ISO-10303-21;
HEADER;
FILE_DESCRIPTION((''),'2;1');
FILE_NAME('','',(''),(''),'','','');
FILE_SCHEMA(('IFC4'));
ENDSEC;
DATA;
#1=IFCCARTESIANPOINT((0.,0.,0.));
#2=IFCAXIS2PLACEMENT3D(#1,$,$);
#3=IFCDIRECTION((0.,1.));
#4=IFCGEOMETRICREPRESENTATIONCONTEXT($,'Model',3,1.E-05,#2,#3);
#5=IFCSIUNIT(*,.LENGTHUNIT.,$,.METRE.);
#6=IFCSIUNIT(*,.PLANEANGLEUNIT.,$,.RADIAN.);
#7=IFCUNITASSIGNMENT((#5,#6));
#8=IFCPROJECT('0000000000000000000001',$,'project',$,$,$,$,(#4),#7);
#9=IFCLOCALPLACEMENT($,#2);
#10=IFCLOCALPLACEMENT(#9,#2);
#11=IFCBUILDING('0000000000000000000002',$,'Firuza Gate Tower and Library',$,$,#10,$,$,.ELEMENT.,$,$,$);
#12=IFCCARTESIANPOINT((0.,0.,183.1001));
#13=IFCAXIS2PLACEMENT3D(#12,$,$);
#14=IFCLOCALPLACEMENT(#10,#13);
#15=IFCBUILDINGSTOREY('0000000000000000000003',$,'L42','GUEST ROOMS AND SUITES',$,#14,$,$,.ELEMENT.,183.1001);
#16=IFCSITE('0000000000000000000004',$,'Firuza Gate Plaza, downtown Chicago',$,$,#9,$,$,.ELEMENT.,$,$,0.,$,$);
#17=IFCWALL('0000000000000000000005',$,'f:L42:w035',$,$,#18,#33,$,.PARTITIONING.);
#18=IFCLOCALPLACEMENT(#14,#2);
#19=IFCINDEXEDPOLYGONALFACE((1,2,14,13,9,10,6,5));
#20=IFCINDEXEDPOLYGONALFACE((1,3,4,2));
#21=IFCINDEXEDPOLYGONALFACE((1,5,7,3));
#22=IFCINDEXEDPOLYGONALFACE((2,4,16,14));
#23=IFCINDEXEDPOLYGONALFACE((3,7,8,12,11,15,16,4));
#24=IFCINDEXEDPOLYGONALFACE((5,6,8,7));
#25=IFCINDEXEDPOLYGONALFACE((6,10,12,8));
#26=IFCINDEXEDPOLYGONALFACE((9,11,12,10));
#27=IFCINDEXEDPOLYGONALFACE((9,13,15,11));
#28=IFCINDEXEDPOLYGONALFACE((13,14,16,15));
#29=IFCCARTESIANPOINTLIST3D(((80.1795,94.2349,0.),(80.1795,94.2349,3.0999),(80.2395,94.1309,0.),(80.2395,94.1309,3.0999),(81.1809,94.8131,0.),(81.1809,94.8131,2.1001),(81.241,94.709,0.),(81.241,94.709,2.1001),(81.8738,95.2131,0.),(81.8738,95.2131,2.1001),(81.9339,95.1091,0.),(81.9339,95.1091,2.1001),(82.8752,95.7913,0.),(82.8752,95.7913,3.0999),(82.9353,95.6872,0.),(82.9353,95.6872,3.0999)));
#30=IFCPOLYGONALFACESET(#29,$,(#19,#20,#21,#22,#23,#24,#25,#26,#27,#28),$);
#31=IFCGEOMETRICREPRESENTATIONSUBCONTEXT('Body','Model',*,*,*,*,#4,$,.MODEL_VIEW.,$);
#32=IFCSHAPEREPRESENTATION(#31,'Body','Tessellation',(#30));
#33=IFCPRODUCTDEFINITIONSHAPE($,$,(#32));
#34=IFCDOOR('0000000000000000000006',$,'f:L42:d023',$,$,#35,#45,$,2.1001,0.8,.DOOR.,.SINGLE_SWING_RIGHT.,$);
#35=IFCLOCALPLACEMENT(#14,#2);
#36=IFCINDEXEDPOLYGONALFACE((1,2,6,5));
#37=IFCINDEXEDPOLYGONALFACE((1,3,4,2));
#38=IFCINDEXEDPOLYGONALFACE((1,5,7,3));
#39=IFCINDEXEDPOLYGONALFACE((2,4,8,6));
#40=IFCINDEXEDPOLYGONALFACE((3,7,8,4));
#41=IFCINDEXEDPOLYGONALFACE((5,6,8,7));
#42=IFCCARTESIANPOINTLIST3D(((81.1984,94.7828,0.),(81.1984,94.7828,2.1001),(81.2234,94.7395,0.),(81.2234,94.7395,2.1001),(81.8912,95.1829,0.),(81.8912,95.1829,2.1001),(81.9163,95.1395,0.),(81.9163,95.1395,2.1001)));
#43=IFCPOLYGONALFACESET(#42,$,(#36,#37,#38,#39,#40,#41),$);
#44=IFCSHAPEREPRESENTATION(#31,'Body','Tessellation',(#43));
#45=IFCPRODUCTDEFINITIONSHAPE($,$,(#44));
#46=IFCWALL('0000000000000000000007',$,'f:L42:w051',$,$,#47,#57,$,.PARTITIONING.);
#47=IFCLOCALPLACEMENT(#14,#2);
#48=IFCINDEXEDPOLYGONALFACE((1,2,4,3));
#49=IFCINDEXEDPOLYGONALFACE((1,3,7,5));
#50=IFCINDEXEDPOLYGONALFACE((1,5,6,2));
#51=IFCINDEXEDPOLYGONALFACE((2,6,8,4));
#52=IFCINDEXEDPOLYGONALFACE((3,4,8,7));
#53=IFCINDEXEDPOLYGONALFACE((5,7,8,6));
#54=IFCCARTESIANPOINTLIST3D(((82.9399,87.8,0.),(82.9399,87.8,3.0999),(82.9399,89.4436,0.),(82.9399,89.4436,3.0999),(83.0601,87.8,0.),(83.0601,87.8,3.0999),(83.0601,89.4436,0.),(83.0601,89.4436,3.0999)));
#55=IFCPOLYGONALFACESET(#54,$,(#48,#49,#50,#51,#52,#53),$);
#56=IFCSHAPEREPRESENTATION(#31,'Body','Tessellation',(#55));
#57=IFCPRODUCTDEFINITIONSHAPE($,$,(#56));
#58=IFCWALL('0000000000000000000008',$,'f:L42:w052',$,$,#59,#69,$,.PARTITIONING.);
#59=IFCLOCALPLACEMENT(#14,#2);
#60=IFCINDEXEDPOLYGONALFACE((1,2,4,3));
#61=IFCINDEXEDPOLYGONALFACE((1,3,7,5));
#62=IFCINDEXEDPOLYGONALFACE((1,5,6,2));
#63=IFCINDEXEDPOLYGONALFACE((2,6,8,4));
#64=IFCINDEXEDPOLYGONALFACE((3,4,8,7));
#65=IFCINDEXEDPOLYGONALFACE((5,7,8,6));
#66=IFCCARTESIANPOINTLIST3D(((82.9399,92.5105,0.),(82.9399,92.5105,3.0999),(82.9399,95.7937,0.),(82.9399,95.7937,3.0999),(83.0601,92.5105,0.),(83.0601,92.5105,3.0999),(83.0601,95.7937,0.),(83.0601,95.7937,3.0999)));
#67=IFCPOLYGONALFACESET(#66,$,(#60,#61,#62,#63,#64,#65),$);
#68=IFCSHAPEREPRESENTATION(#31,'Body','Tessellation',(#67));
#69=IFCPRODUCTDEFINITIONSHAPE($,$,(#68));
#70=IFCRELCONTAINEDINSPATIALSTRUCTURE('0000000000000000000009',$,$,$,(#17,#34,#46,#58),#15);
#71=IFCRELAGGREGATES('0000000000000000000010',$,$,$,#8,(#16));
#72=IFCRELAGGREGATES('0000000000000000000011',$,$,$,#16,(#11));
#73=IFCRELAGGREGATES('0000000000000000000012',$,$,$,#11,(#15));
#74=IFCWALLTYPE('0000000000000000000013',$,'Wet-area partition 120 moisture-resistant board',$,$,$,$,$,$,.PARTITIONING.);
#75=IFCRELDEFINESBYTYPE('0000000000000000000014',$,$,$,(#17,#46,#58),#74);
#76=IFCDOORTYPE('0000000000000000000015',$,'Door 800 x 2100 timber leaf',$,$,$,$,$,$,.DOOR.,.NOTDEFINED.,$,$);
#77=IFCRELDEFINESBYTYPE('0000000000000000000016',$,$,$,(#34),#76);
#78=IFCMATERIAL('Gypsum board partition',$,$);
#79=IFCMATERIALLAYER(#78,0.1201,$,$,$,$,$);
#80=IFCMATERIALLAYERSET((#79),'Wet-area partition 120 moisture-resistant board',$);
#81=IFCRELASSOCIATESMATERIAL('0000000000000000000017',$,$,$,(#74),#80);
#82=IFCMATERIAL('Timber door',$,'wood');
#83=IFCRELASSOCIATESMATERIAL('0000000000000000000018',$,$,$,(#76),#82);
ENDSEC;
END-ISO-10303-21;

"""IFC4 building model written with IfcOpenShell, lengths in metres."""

from ifc_helpers import new_model, si_unit, direction, frame, frame_2d, origin, place, context, subcontext, project, spatial, rectangle, extrude, material, layer, layer_set, type_object, element, fill, save


model = new_model("IFC4")

# Units and contexts
model_context = context("Model", 3, precision=1e-05, world=origin(), true_north=direction((0.0, 1.0)))
body_context = subcontext(model_context, "Body", "Model", "MODEL_VIEW")
ifc_project = project(units=[si_unit("LENGTHUNIT", "METRE"), si_unit("PLANEANGLEUNIT", "RADIAN")], contexts=[model_context])

# Site, building, storey
site_placement = place(None, origin())
site = spatial("IfcSite", under=ifc_project, at=site_placement, Name="Firuza Gate Plaza, downtown Chicago", CompositionType="ELEMENT", RefElevation=0.0)
building_placement = place(site_placement, origin())
building = spatial("IfcBuilding", under=site, at=building_placement, Name="Firuza Gate Tower and Library", CompositionType="ELEMENT")
storey_placement = place(building_placement, frame((0.0, 0.0, 183.1001)))
storey = spatial("IfcBuildingStorey", under=building, at=storey_placement, Name="L42", Description="GUEST ROOMS AND SUITES", CompositionType="ELEMENT", Elevation=183.1001)

# Shared definitions
ifc_material_1 = material(Name="Gypsum board partition")
ifc_layer_1 = layer(ifc_material_1, 0.1201)
ifc_layer_set_1 = layer_set([ifc_layer_1], Name="Wet-area partition 120 moisture-resistant board")
wall_type_1 = type_object("IfcWallType", Name="Wet-area partition 120 moisture-resistant board", PredefinedType="PARTITIONING", material=ifc_layer_set_1)

# Wall, opening, door
ifc_material_2 = material(Name="Timber door", Category="wood")
door_type_1 = type_object("IfcDoorType", Name="Door 800 x 2100 timber leaf", OperationType="NOTDEFINED", PredefinedType="DOOR", material=ifc_material_2)
wall_1_placement = place(storey_placement, frame((82.9053, 95.7393, 0.0), z_axis=(0.0, 0.0, 1.0), x_axis=(-0.866029, -0.499994, 0.0)))
wall_1 = element("IfcWall", 1, at=wall_1_placement, inside=storey, type_object=wall_type_1, Name="f:L42:w035", PredefinedType="PARTITIONING", context=body_context, shape_type="SweptSolid", body=[
    extrude(rectangle(XDim=3.1128, YDim=0.1201, at=frame_2d((1.5564, 0.0))), origin(), (0.0, 0.0, 1.0), 3.0999),
])
opening_1_placement = place(wall_1_placement, frame((1.1565, 0.0, 0.0)))
opening_1 = element("IfcOpeningElement", 2, at=opening_1_placement, cuts=wall_1, PredefinedType="OPENING", context=body_context, shape_type="SweptSolid", body=[
    extrude(rectangle(XDim=0.8, YDim=2.1001, at=frame_2d((0.3999, 1.05))), frame((0.0, 0.0701, 0.0), z_axis=(0.0, -1.0, 0.0), x_axis=(1.0, 0.0, 0.0)), (0.0, 0.0, 1.0), 0.1401),
])
door_1_placement = place(opening_1_placement, origin())
door_1 = element("IfcDoor", 3, at=door_1_placement, inside=storey, type_object=door_type_1, Name="f:L42:d023", OperationType="SINGLE_SWING_RIGHT", OverallHeight=2.1001, OverallWidth=0.8, PredefinedType="DOOR", context=body_context, shape_type="SweptSolid", body=[
    extrude(rectangle(XDim=0.8, YDim=2.1001, at=frame_2d((0.3999, 1.05))), frame((0.0, 0.0249, 0.0), z_axis=(0.0, -1.0, 0.0), x_axis=(1.0, 0.0, 0.0)), (0.0, 0.0, 1.0), 0.05),
])
fill(opening_1, door_1)

# Walls
wall_2_placement = place(storey_placement, frame((83.0, 87.8, 0.0), z_axis=(0.0, 0.0, 1.0), x_axis=(0.0, 1.0, 0.0)))
element("IfcWall", 4, at=wall_2_placement, inside=storey, type_object=wall_type_1, Name="f:L42:w051", PredefinedType="PARTITIONING", context=body_context, shape_type="SweptSolid", body=[
    extrude(rectangle(XDim=1.6436, YDim=0.1201, at=frame_2d((0.8218, 0.0))), origin(), (0.0, 0.0, 1.0), 3.0999),
])
wall_3_placement = place(storey_placement, frame((83.0, 92.5105, 0.0), z_axis=(0.0, 0.0, 1.0), x_axis=(0.0, 1.0, 0.0)))
element("IfcWall", 5, at=wall_3_placement, inside=storey, type_object=wall_type_1, Name="f:L42:w052", PredefinedType="PARTITIONING", context=body_context, shape_type="SweptSolid", body=[
    extrude(rectangle(XDim=3.2832, YDim=0.1201, at=frame_2d((1.6416, 0.0))), origin(), (0.0, 0.0, 1.0), 3.0999),
])

save(model, "model.ifc")
